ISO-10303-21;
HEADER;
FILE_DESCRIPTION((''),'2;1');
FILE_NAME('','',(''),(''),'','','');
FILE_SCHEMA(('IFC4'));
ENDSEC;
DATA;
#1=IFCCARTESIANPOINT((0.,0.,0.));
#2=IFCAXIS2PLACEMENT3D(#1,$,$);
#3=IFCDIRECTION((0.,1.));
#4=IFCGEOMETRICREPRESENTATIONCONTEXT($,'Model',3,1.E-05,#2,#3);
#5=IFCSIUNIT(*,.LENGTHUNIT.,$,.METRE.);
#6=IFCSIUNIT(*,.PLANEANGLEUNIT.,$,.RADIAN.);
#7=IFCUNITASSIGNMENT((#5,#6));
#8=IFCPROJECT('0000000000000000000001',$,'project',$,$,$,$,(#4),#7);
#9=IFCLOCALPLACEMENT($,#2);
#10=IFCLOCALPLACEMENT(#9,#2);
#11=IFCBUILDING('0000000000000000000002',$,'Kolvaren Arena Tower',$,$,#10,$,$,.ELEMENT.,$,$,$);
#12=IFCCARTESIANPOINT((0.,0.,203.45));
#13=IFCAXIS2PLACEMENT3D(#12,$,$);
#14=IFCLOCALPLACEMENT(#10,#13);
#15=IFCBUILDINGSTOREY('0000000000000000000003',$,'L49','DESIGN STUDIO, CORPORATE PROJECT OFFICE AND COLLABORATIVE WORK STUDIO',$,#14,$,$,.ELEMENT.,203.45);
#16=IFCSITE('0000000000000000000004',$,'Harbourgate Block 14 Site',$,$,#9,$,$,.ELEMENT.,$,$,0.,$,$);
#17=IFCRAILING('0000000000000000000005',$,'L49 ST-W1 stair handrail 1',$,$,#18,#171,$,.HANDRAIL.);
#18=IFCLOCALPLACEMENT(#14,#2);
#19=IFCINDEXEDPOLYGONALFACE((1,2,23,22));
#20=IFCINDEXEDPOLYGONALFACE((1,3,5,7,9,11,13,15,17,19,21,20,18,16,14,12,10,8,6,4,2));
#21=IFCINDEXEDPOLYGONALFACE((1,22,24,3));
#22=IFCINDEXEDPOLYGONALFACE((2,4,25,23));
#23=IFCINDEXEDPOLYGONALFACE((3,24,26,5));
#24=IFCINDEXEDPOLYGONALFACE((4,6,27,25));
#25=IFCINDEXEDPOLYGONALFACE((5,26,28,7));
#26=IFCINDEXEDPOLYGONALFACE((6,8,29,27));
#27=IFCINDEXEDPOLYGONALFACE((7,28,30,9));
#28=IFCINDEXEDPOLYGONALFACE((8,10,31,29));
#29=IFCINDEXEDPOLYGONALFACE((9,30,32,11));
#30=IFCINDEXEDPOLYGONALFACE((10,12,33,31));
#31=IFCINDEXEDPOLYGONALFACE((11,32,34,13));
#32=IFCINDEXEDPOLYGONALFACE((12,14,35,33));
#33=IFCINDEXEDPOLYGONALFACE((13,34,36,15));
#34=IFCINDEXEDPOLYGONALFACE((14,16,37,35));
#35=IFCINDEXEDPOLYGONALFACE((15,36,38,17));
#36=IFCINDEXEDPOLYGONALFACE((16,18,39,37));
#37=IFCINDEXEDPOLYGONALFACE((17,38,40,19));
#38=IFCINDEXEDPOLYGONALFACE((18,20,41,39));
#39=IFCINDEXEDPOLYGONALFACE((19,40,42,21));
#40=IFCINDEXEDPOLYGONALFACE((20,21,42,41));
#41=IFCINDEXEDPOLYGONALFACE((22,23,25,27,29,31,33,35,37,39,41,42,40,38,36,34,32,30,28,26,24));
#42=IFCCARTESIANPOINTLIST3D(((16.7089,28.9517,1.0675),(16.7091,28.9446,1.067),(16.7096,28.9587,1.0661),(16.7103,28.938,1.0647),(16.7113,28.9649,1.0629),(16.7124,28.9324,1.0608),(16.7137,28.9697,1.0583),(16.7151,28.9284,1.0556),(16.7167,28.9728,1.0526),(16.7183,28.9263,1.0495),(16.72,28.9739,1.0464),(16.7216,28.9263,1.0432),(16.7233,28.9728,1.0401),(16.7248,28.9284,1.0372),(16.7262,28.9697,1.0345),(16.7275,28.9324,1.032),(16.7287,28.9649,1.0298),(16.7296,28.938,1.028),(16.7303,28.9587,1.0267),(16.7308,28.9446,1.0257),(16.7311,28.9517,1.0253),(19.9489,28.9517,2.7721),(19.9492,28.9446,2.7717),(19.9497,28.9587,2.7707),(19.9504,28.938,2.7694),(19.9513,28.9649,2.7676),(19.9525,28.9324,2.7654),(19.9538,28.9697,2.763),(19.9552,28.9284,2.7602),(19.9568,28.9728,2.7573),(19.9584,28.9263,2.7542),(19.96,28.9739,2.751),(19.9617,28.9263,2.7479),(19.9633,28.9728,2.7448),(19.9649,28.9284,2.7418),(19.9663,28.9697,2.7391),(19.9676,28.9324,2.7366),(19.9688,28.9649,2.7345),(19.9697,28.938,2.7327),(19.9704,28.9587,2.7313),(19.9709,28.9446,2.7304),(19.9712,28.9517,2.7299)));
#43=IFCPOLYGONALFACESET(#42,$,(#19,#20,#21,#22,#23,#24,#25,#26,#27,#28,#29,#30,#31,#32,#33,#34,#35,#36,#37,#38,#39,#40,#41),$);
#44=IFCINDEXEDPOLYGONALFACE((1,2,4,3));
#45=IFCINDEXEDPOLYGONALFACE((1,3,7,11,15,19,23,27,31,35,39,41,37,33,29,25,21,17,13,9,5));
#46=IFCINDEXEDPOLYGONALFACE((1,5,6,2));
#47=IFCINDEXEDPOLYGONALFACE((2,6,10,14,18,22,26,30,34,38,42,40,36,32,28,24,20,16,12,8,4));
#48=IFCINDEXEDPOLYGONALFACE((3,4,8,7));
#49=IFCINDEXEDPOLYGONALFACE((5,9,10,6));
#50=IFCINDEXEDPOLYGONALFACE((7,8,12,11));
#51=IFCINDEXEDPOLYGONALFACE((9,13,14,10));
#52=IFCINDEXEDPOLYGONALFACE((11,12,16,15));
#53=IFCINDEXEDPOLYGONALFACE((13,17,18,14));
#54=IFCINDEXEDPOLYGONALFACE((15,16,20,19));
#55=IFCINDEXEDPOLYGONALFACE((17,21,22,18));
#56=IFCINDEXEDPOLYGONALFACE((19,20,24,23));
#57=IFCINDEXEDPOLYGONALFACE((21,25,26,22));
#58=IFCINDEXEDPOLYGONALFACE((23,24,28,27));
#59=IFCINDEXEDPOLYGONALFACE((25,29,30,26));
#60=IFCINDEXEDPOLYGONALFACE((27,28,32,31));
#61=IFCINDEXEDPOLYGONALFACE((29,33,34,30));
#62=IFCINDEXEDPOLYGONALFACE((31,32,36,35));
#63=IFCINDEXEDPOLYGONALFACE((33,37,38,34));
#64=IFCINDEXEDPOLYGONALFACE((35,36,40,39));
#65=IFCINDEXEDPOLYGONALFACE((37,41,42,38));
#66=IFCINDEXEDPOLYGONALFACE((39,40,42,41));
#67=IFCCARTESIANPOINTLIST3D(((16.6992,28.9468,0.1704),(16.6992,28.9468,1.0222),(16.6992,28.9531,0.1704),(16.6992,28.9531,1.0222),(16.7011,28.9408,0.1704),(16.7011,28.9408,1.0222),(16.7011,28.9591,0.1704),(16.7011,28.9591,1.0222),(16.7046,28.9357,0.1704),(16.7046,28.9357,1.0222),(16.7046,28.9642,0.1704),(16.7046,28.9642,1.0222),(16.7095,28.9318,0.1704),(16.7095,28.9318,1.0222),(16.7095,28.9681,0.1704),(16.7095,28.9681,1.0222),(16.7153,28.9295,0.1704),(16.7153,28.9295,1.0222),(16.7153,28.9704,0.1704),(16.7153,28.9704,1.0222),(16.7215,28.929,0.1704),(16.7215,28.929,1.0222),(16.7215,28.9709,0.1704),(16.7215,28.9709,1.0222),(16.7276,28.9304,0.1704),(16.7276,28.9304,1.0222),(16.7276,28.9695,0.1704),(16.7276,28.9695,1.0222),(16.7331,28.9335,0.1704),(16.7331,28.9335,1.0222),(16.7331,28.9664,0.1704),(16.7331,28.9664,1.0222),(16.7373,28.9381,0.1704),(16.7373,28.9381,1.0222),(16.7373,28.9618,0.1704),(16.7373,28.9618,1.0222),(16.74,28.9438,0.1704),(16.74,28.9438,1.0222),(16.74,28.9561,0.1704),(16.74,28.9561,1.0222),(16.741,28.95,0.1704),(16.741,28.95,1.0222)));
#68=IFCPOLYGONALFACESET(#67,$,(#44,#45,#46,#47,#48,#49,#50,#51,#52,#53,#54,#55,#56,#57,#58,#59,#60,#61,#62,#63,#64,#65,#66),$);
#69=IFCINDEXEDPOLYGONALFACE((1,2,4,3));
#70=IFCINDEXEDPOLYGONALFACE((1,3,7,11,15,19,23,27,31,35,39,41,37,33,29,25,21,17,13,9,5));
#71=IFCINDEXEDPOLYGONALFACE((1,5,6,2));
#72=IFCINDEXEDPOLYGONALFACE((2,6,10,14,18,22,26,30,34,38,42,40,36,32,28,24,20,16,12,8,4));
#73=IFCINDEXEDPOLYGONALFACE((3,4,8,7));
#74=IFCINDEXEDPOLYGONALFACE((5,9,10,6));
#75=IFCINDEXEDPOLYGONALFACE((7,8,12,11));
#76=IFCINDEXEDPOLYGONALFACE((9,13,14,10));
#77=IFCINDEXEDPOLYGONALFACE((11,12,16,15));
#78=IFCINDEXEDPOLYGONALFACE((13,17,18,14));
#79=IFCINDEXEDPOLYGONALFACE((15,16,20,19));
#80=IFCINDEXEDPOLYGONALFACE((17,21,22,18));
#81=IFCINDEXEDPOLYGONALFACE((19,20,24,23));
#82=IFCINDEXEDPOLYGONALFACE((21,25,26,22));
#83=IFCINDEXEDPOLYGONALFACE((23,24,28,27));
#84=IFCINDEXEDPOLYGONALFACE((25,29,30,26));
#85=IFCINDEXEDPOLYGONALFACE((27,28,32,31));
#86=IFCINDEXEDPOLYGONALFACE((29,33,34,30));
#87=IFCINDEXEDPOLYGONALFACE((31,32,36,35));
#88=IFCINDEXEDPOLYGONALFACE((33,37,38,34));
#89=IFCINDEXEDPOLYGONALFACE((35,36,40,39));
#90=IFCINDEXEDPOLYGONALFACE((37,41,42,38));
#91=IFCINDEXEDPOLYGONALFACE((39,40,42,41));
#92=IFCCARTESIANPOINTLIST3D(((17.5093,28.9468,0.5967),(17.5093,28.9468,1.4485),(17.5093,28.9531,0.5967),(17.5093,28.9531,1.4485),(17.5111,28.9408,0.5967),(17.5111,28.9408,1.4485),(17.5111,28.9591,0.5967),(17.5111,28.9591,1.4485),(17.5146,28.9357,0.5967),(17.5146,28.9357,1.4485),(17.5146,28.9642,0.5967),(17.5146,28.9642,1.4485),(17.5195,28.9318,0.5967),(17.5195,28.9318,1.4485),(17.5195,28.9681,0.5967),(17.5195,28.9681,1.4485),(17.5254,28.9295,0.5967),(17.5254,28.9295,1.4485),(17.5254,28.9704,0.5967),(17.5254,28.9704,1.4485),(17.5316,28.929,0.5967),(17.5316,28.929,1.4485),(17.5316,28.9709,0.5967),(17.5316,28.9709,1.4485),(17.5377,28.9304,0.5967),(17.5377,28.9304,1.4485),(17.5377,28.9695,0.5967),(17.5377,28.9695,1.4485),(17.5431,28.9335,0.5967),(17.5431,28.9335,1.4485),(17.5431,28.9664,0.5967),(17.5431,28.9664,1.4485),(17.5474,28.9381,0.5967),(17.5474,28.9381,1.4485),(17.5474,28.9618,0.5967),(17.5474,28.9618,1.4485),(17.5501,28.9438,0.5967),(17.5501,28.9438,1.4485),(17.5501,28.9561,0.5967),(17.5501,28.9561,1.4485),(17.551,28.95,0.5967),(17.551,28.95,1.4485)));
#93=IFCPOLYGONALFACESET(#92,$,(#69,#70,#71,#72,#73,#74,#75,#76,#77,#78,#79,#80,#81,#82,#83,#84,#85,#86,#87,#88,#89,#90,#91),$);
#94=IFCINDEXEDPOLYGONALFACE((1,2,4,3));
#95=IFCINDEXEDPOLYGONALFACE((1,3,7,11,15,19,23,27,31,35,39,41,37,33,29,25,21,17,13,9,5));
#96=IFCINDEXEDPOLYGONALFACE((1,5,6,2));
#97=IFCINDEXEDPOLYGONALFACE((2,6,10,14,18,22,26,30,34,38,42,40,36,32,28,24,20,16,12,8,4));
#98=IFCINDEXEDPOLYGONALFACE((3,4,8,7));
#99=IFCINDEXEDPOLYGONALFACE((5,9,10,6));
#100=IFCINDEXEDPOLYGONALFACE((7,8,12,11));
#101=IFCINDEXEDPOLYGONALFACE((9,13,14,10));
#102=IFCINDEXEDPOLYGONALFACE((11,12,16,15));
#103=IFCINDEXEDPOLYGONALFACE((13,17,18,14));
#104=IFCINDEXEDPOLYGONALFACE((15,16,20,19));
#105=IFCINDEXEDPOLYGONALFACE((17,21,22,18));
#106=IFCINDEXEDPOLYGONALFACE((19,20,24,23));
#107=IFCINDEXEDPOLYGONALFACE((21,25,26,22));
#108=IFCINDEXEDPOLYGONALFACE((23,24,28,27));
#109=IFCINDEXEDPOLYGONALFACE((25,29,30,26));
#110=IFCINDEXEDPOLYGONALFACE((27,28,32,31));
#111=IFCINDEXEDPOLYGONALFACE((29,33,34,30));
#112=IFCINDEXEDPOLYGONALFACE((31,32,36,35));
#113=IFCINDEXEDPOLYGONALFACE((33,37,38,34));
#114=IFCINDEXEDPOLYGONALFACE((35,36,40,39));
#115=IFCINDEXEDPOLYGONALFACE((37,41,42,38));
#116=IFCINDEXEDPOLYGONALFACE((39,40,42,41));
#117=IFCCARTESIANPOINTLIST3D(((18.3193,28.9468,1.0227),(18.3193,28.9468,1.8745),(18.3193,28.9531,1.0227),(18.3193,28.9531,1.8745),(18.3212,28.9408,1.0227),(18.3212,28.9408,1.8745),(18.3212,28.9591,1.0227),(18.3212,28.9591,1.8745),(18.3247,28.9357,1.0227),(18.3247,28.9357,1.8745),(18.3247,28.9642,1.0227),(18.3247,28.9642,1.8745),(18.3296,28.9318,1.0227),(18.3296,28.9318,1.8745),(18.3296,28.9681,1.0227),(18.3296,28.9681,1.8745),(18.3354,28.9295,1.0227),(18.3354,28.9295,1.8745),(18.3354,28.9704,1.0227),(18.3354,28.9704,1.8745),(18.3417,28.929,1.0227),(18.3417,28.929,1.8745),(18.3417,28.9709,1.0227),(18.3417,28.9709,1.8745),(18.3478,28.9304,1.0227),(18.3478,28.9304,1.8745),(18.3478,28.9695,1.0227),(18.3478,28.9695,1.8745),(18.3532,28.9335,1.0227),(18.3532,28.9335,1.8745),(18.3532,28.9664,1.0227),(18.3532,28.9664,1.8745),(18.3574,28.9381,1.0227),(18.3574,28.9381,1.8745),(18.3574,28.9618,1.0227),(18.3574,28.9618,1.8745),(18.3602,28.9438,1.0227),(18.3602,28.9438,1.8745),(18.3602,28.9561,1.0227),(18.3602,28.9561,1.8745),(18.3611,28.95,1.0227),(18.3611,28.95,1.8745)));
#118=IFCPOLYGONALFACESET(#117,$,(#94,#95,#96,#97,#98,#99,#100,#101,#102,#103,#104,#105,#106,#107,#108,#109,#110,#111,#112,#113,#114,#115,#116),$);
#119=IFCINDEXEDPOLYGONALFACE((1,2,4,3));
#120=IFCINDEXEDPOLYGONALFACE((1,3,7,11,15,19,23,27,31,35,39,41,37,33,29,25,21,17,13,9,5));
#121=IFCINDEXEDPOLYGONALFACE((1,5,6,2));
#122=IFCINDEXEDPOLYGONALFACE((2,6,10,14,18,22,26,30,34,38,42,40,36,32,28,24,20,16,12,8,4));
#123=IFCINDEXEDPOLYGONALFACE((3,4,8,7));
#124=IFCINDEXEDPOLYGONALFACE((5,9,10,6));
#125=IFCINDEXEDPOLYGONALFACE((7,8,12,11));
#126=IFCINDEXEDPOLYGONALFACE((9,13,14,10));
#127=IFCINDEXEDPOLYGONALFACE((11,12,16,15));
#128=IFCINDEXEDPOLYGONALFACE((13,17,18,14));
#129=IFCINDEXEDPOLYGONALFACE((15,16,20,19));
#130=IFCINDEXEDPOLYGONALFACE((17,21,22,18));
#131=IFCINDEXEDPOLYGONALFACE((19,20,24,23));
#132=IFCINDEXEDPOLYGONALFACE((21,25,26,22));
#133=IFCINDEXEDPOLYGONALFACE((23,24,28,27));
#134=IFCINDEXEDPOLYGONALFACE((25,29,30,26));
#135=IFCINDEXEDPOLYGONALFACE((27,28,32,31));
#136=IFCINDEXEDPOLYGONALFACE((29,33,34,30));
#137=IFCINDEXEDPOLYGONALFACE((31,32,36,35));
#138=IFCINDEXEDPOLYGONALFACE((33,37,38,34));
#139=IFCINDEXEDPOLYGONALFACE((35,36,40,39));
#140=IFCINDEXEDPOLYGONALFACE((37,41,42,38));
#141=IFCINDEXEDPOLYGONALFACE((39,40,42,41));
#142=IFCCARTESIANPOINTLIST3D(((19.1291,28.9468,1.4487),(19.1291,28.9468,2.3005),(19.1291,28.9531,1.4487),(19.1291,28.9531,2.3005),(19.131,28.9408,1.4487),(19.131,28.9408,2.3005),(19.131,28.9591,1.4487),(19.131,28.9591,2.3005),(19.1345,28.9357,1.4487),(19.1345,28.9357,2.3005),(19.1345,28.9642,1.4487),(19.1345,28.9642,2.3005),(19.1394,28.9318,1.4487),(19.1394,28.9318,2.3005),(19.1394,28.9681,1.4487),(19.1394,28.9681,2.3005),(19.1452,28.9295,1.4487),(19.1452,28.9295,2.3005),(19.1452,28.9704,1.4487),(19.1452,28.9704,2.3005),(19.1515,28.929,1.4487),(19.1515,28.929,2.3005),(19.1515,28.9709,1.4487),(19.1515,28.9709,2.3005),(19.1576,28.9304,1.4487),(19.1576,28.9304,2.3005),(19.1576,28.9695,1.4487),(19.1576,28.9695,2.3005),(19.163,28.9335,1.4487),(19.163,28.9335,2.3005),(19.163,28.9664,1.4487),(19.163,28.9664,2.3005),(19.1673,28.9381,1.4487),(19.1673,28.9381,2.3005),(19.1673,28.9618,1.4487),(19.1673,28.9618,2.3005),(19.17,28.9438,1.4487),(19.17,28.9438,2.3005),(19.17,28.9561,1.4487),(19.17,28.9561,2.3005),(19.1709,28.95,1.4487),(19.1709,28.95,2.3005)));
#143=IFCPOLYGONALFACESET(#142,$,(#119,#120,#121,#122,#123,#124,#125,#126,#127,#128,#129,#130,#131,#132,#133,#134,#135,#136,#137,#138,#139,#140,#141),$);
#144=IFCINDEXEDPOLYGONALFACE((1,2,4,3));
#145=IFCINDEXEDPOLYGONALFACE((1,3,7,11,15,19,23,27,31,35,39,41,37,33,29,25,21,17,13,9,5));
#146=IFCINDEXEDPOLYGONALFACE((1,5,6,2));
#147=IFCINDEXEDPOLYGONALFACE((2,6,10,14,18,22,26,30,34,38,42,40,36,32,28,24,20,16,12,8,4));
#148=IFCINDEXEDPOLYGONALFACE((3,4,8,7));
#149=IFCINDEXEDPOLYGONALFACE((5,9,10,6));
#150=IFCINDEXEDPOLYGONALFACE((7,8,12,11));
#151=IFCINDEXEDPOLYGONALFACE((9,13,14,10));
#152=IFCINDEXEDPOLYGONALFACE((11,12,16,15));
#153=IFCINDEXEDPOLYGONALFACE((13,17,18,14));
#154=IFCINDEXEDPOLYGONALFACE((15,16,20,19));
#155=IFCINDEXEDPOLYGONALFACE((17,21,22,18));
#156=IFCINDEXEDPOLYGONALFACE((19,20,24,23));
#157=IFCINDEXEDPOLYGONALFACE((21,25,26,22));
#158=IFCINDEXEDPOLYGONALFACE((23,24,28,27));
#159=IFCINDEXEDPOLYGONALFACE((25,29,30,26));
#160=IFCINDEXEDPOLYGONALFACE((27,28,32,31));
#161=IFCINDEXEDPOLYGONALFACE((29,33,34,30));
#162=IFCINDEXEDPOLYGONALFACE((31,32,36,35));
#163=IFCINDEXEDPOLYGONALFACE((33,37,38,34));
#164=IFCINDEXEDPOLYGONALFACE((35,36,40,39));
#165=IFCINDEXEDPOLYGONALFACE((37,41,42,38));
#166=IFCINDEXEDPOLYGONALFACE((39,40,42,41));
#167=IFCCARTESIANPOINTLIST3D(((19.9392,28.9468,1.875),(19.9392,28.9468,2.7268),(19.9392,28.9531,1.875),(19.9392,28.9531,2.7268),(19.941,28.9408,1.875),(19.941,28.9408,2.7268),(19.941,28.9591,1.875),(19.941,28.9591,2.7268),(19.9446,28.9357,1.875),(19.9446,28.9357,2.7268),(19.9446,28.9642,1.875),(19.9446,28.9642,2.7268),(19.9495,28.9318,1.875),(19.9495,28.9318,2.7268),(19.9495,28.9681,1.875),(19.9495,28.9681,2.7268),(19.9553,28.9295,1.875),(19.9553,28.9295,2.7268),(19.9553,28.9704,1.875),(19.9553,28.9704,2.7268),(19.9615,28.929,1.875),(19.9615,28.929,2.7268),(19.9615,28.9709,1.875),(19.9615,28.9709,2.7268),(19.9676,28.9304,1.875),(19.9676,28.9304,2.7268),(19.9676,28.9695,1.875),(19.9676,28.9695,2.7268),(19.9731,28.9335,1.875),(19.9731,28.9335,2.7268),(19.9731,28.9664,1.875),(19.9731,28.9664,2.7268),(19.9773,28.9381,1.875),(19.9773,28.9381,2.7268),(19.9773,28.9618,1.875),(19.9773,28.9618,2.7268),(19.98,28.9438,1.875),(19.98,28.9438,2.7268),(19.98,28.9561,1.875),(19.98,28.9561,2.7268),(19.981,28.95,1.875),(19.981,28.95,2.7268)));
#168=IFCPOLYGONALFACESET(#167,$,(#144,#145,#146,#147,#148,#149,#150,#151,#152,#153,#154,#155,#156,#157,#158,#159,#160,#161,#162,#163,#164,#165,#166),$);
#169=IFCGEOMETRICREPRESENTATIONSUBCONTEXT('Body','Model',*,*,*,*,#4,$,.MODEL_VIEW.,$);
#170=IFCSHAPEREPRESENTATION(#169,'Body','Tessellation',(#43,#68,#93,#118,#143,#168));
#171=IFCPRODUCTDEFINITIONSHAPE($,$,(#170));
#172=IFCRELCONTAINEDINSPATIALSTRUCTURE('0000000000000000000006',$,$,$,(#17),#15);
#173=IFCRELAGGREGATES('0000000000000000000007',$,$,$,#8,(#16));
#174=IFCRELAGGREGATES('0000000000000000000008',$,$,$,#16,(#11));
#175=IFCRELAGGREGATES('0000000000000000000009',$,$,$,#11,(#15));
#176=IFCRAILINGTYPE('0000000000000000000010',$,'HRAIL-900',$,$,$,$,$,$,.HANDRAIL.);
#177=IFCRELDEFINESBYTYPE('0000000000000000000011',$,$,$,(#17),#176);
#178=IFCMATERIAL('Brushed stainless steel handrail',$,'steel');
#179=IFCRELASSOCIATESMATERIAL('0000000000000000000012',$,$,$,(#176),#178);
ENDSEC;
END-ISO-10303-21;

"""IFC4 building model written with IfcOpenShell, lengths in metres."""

from ifc_helpers import new_model, si_unit, direction, frame, origin, origin_2d, place, context, subcontext, project, spatial, circle, extrude, material, type_object, element, save


model = new_model("IFC4")

# Units and contexts
model_context = context("Model", 3, precision=1e-05, world=origin(), true_north=direction((0.0, 1.0)))
body_context = subcontext(model_context, "Body", "Model", "MODEL_VIEW")
ifc_project = project(units=[si_unit("LENGTHUNIT", "METRE"), si_unit("PLANEANGLEUNIT", "RADIAN")], contexts=[model_context])

# Site, building, storey
site_placement = place(None, origin())
site = spatial("IfcSite", under=ifc_project, at=site_placement, Name="Harbourgate Block 14 Site", CompositionType="ELEMENT", RefElevation=0.0)
building_placement = place(site_placement, origin())
building = spatial("IfcBuilding", under=site, at=building_placement, Name="Kolvaren Arena Tower", CompositionType="ELEMENT")
storey_placement = place(building_placement, frame((0.0, 0.0, 203.45)))
storey = spatial("IfcBuildingStorey", under=building, at=storey_placement, Name="L49", Description="DESIGN STUDIO, CORPORATE PROJECT OFFICE AND COLLABORATIVE WORK STUDIO", CompositionType="ELEMENT", Elevation=203.45)

# Railing
ifc_material_1 = material(Name="Brushed stainless steel handrail", Category="steel")
railing_type_1 = type_object("IfcRailingType", Name="HRAIL-900", PredefinedType="HANDRAIL", material=ifc_material_1)
railing_1_placement = place(storey_placement, frame((16.72, 28.95, 0.1704)))
element("IfcRailing", 1, at=railing_1_placement, inside=storey, type_object=railing_type_1, Name="L49 ST-W1 stair handrail 1", PredefinedType="HANDRAIL", context=body_context, shape_type="SweptSolid", body=[
    extrude(circle(Radius=0.0239, at=origin_2d()), frame((0.0, 0.0, 0.876), z_axis=(0.884993, 0.0, 0.465604), x_axis=(0.0, 1.0, 0.0)), (0.0, 0.0, 1.0), 3.6611),
    extrude(circle(Radius=0.021, at=origin_2d()), origin(), (0.0, 0.0, 1.0), 0.8518),
    extrude(circle(Radius=0.021, at=origin_2d()), frame((0.8101, 0.0, 0.4263)), (0.0, 0.0, 1.0), 0.8518),
    extrude(circle(Radius=0.021, at=origin_2d()), frame((1.6201, 0.0, 0.8523)), (0.0, 0.0, 1.0), 0.8518),
    extrude(circle(Radius=0.021, at=origin_2d()), frame((2.4299, 0.0, 1.2783)), (0.0, 0.0, 1.0), 0.8518),
    extrude(circle(Radius=0.021, at=origin_2d()), frame((3.24, 0.0, 1.7046)), (0.0, 0.0, 1.0), 0.8518),
])

save(model, "model.ifc")
